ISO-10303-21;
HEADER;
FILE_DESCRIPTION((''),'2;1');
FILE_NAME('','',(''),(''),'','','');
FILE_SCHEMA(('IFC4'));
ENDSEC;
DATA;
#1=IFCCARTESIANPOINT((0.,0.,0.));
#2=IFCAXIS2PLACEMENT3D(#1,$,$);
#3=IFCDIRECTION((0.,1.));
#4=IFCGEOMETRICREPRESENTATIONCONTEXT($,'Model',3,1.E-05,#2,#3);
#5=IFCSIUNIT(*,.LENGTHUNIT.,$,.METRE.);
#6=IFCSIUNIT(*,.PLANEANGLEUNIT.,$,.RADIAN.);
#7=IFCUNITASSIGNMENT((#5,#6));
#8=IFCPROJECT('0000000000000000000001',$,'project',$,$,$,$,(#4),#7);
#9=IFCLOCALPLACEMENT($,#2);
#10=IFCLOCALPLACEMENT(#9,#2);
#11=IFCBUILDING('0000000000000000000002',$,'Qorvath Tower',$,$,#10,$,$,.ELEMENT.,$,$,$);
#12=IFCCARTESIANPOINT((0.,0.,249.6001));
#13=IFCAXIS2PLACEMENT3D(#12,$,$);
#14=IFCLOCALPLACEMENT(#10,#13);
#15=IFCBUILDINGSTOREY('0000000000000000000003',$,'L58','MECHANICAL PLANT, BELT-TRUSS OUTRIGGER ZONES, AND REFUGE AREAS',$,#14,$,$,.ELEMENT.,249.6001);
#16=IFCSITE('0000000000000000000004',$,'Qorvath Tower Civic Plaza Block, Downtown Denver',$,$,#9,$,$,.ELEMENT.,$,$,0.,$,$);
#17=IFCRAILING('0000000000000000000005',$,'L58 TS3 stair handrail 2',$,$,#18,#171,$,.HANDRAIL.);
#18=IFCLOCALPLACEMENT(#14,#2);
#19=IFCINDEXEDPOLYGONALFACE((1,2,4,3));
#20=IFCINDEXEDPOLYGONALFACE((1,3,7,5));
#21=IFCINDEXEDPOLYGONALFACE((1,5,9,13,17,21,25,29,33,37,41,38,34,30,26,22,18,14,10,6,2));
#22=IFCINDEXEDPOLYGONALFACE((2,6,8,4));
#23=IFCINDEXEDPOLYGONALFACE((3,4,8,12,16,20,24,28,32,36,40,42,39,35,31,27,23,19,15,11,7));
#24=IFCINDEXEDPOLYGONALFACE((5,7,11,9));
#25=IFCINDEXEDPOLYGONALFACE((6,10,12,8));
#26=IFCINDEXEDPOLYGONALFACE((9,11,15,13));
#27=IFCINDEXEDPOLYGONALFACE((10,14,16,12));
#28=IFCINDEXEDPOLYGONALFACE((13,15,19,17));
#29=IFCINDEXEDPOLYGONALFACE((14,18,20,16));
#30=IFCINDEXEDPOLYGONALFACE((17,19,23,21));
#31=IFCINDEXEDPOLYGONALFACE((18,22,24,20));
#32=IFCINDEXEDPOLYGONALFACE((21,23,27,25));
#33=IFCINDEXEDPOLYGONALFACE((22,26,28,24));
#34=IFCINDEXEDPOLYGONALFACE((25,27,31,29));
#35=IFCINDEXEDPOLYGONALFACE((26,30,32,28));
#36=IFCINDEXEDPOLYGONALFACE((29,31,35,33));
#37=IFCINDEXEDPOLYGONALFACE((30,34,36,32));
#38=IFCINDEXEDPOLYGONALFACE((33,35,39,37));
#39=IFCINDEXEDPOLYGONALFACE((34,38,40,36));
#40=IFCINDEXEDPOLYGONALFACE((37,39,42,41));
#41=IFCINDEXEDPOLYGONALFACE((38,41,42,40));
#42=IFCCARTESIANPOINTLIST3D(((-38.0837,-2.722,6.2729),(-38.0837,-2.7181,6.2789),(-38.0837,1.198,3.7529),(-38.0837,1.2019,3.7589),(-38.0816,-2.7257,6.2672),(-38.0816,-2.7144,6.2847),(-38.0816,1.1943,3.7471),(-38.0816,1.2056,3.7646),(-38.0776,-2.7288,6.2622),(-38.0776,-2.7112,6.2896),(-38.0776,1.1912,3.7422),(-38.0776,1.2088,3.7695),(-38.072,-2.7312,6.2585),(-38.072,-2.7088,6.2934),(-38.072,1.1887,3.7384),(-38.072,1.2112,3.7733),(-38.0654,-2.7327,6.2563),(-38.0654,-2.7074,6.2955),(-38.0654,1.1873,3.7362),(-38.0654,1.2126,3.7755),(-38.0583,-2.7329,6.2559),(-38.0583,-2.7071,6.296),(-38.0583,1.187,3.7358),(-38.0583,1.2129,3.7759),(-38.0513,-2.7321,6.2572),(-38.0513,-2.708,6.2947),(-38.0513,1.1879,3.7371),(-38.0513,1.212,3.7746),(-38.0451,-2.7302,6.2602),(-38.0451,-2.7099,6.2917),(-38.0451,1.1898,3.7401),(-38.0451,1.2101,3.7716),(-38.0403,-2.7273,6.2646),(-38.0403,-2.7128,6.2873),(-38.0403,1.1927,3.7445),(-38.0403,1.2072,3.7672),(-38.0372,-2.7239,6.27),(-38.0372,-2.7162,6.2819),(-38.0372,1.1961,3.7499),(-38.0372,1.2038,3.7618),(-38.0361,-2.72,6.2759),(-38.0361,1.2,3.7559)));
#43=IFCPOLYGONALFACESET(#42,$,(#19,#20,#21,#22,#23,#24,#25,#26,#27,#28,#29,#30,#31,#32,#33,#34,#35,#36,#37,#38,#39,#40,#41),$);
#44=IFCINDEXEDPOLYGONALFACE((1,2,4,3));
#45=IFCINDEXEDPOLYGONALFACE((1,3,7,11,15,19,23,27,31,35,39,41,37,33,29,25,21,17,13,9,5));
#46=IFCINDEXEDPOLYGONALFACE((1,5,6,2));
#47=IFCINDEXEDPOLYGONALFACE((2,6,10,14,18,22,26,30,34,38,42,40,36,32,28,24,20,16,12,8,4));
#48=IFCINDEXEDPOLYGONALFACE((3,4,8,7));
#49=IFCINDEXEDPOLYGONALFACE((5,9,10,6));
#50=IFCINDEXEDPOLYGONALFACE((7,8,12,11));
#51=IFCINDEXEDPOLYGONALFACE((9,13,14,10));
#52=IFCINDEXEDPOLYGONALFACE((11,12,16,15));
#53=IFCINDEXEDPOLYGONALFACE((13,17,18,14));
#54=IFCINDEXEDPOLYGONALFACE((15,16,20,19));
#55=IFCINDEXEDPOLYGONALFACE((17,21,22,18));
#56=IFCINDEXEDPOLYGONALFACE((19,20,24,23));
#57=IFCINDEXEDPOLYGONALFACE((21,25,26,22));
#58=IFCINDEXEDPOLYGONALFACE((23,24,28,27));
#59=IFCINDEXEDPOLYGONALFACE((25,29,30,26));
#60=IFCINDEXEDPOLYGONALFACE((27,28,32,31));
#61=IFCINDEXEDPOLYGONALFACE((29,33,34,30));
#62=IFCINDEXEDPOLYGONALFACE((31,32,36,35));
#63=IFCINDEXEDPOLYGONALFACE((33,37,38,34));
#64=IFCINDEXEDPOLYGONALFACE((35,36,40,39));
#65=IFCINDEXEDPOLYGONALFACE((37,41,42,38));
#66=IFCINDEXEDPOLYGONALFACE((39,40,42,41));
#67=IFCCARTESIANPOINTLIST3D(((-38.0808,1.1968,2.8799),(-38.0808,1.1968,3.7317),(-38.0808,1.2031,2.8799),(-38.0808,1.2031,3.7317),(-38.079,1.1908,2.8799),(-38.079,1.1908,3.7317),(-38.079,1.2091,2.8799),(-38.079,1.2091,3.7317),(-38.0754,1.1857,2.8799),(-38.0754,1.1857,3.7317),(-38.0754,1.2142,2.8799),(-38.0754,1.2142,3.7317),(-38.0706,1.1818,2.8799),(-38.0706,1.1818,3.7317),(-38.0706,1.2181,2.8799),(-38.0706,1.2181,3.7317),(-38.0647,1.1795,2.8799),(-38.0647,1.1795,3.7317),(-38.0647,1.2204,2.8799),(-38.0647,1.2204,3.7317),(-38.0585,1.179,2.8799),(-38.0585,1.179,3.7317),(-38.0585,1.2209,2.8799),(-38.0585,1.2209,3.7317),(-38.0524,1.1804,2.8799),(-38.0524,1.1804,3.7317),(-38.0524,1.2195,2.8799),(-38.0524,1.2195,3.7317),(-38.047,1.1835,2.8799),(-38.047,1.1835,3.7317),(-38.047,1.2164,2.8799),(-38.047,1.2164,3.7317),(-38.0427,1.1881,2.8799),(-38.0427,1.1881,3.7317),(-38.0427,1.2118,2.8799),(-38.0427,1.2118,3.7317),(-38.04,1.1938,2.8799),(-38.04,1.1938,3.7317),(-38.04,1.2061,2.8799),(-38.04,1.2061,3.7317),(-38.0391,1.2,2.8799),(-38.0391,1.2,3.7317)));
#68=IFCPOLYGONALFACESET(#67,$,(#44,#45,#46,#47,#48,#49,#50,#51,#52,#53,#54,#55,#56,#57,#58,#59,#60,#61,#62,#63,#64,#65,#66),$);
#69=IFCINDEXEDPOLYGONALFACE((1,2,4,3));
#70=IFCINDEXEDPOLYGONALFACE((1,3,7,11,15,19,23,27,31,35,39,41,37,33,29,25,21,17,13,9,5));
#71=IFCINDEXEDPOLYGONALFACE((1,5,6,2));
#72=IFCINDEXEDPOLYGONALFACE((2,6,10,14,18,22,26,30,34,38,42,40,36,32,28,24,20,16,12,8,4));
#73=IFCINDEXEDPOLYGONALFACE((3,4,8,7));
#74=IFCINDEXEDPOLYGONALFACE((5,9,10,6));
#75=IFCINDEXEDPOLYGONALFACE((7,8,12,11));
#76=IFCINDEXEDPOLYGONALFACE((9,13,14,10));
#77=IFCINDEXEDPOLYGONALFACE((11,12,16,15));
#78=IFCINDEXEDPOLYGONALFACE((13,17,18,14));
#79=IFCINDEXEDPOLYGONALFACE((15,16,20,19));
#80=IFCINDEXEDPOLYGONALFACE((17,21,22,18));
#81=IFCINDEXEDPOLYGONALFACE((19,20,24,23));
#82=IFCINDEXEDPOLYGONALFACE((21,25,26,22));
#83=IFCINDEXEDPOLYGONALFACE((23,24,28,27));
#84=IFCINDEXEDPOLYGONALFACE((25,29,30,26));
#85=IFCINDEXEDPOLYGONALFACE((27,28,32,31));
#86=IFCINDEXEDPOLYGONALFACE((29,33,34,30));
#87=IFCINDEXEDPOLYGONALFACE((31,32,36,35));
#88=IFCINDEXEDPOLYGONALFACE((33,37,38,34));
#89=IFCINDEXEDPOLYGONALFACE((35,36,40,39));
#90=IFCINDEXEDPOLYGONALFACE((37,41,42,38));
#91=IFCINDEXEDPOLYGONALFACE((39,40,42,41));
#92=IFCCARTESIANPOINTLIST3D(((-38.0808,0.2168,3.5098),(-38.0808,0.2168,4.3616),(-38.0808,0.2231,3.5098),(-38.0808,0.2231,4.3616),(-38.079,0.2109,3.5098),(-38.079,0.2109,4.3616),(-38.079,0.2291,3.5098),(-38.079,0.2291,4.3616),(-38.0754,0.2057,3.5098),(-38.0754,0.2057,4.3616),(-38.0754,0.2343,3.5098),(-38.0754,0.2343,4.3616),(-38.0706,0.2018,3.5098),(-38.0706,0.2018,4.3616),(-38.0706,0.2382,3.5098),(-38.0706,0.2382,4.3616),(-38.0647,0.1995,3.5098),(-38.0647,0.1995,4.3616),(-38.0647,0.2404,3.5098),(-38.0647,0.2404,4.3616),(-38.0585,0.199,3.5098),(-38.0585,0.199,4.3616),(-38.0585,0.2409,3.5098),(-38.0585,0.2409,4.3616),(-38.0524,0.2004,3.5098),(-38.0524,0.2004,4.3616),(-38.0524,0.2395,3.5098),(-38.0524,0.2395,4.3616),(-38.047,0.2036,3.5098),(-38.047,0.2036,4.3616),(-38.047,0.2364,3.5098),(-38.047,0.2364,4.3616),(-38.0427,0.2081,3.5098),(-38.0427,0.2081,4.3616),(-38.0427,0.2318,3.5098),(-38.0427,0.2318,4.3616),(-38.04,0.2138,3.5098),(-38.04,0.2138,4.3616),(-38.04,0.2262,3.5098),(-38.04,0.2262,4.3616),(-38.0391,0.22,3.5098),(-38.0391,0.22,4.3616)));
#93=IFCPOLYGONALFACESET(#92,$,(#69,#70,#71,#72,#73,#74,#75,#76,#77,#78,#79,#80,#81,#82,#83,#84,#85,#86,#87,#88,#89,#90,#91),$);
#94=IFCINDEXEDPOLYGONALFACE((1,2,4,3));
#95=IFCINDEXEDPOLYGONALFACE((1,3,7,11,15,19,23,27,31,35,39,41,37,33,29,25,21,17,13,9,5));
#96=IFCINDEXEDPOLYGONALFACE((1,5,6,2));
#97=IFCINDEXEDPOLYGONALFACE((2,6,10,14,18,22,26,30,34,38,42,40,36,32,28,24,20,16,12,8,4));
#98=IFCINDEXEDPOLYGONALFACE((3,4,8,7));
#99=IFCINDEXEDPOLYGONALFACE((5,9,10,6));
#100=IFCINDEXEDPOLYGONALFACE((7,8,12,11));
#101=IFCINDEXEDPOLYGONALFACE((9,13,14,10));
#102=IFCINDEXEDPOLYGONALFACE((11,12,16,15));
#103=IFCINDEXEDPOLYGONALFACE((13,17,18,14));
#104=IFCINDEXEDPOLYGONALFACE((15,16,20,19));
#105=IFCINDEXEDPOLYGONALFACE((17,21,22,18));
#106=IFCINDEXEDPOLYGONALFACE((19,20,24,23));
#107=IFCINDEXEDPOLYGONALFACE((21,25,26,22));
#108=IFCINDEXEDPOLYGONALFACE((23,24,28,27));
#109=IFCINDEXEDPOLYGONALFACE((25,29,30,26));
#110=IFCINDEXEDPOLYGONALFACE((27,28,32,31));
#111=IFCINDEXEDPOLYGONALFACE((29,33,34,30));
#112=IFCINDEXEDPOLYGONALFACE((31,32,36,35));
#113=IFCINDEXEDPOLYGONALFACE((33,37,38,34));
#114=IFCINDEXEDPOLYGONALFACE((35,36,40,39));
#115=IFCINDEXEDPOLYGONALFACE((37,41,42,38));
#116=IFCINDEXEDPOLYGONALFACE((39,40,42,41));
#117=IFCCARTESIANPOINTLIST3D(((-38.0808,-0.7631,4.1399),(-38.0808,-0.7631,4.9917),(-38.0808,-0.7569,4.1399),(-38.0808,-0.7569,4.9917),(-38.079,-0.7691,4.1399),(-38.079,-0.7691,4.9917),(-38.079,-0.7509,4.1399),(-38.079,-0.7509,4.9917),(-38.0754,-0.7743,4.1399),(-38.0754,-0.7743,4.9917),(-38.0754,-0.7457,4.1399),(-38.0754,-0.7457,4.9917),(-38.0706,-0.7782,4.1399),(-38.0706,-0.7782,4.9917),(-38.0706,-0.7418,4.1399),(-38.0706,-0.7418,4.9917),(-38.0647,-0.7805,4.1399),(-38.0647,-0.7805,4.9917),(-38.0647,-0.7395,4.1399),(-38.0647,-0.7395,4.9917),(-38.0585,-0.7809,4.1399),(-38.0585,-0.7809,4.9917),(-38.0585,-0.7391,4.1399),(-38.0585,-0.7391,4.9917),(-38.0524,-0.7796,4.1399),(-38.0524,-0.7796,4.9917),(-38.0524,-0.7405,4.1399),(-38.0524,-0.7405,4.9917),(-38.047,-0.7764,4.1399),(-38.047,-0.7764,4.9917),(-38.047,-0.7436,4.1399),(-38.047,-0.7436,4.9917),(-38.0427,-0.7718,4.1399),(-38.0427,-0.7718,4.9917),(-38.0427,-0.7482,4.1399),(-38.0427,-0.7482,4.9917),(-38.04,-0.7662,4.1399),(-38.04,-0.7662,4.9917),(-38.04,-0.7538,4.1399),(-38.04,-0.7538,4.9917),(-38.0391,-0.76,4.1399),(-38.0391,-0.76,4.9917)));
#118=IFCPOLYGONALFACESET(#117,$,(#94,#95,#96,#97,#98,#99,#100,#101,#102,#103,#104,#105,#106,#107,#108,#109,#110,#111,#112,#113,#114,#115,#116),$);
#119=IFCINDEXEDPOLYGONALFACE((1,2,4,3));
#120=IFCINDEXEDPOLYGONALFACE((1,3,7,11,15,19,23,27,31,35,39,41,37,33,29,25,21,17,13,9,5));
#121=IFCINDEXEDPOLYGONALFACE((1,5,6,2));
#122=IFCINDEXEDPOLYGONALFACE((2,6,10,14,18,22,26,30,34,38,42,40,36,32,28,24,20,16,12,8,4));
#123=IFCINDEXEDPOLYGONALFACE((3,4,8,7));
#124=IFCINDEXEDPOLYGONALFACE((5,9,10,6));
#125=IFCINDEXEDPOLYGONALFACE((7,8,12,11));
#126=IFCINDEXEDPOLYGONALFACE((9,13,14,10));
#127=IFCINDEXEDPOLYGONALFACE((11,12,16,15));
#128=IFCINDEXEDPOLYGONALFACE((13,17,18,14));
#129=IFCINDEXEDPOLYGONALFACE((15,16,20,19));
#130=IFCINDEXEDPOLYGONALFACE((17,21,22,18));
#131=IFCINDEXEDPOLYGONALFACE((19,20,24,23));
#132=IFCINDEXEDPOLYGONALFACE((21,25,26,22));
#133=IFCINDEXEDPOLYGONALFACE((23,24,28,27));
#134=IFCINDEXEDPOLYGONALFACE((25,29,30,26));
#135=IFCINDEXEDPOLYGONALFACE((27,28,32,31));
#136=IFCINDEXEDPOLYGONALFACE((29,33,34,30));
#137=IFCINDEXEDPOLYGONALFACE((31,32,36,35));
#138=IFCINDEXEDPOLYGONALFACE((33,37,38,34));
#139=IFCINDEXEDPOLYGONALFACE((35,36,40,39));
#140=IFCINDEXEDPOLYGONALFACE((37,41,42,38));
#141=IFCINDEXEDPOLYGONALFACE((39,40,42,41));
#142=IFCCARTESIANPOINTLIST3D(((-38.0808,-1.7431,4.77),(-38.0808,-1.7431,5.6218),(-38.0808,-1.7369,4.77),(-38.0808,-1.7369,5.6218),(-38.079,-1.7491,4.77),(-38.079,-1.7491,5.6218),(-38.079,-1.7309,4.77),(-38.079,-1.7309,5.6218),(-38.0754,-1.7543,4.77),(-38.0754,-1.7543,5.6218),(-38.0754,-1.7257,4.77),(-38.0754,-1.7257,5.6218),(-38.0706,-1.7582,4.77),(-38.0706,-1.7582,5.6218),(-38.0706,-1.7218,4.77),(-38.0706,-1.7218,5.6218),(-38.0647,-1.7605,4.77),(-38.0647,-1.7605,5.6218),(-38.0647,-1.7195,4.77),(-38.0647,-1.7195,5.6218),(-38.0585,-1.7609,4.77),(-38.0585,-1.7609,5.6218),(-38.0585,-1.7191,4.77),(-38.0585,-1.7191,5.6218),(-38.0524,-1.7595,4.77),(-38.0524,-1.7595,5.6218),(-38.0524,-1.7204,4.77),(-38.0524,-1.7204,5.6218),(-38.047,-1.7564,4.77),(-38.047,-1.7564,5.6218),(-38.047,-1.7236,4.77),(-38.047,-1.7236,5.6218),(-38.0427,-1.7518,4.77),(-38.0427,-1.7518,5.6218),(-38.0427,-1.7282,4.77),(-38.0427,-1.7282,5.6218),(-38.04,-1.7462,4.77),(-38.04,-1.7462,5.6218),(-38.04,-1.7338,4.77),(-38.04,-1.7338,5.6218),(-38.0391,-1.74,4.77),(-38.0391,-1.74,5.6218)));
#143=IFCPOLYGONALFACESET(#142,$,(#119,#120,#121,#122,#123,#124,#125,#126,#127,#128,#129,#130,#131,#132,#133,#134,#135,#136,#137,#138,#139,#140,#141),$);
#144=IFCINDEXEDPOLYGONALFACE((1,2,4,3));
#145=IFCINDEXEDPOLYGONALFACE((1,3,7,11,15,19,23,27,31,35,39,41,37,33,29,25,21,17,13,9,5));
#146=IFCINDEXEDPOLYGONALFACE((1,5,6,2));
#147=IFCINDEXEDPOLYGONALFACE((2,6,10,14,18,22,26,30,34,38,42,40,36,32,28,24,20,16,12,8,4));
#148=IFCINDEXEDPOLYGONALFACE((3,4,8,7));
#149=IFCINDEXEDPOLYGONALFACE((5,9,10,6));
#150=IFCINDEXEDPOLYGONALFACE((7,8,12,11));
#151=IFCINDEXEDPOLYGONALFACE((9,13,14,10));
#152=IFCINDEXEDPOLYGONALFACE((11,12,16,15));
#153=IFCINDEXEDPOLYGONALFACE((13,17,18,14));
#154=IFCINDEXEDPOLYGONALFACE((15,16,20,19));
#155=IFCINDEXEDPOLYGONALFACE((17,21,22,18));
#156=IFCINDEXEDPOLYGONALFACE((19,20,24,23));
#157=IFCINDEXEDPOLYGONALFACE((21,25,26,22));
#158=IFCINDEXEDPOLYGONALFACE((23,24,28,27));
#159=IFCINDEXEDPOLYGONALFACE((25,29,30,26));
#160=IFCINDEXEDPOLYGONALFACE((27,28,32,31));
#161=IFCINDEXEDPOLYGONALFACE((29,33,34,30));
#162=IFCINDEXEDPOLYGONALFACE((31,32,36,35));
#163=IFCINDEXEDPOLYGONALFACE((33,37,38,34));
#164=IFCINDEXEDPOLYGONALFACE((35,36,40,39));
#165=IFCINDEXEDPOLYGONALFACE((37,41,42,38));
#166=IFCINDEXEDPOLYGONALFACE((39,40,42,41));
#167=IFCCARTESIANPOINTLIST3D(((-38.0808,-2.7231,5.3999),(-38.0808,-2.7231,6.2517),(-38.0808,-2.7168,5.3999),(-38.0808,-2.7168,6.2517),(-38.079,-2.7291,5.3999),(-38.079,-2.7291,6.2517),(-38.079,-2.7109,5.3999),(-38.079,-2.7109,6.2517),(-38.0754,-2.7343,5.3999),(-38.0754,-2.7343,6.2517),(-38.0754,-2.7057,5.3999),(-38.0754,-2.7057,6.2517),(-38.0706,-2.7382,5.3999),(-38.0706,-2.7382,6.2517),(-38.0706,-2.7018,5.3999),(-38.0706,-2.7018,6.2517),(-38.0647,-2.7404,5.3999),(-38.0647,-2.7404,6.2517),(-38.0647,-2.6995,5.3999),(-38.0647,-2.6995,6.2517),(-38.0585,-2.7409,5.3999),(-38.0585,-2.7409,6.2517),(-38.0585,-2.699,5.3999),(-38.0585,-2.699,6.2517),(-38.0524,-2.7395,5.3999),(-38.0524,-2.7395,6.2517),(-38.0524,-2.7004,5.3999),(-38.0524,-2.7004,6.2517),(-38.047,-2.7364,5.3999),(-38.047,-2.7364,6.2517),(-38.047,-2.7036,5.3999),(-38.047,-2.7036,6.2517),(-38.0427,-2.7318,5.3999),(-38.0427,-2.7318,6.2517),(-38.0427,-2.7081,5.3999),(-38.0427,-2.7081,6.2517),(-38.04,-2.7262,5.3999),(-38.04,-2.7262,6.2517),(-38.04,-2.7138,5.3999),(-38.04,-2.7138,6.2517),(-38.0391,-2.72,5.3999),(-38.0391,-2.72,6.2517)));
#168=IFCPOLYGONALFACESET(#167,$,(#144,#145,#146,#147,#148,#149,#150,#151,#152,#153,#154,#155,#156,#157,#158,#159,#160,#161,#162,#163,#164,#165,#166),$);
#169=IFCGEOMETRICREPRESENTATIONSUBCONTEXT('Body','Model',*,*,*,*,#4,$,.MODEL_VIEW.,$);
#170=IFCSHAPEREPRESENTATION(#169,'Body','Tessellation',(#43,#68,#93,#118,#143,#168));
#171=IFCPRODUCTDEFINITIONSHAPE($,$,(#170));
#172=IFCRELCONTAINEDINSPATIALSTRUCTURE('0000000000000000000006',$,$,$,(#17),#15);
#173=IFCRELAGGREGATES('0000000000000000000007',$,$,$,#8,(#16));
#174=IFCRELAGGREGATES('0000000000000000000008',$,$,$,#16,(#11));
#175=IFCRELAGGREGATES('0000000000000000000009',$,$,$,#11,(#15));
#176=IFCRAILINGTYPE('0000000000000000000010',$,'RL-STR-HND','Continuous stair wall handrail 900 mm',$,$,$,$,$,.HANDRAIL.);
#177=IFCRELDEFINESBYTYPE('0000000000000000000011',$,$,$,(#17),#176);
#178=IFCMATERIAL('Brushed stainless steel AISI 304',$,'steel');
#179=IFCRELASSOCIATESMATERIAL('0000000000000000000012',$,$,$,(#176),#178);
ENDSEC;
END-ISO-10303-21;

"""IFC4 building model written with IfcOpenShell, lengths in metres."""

from ifc_helpers import new_model, si_unit, direction, frame, origin, origin_2d, place, context, subcontext, project, spatial, circle, extrude, material, type_object, element, save


model = new_model("IFC4")

# Units and contexts
model_context = context("Model", 3, precision=1e-05, world=origin(), true_north=direction((0.0, 1.0)))
body_context = subcontext(model_context, "Body", "Model", "MODEL_VIEW")
ifc_project = project(units=[si_unit("LENGTHUNIT", "METRE"), si_unit("PLANEANGLEUNIT", "RADIAN")], contexts=[model_context])

# Site, building, storey
site_placement = place(None, origin())
site = spatial("IfcSite", under=ifc_project, at=site_placement, Name="Qorvath Tower Civic Plaza Block, Downtown Denver", CompositionType="ELEMENT", RefElevation=0.0)
building_placement = place(site_placement, origin())
building = spatial("IfcBuilding", under=site, at=building_placement, Name="Qorvath Tower", CompositionType="ELEMENT")
storey_placement = place(building_placement, frame((0.0, 0.0, 249.6001)))
storey = spatial("IfcBuildingStorey", under=building, at=storey_placement, Name="L58", Description="MECHANICAL PLANT, BELT-TRUSS OUTRIGGER ZONES, AND REFUGE AREAS", CompositionType="ELEMENT", Elevation=249.6001)

# Railing
ifc_material_1 = material(Name="Brushed stainless steel AISI 304", Category="steel")
railing_type_1 = type_object("IfcRailingType", Name="RL-STR-HND", Description="Continuous stair wall handrail 900 mm", PredefinedType="HANDRAIL", material=ifc_material_1)
railing_1_placement = place(storey_placement, frame((-38.0601, 1.2, 2.8799)))
element("IfcRailing", 1, at=railing_1_placement, inside=storey, type_object=railing_type_1, Name="L58 TS3 stair handrail 2", PredefinedType="HANDRAIL", context=body_context, shape_type="SweptSolid", body=[
    extrude(circle(Radius=0.0239, at=origin_2d()), frame((0.0, 0.0, 0.876), z_axis=(0.0, -0.841172, 0.540768), x_axis=(1.0, 0.0, 0.0)), (0.0, 0.0, 1.0), 4.6602),
    extrude(circle(Radius=0.021, at=origin_2d()), origin(), (0.0, 0.0, 1.0), 0.8518),
    extrude(circle(Radius=0.021, at=origin_2d()), frame((0.0, -0.98, 0.6299)), (0.0, 0.0, 1.0), 0.8518),
    extrude(circle(Radius=0.021, at=origin_2d()), frame((0.0, -1.96, 1.26)), (0.0, 0.0, 1.0), 0.8518),
    extrude(circle(Radius=0.021, at=origin_2d()), frame((0.0, -2.9399, 1.8901)), (0.0, 0.0, 1.0), 0.8518),
    extrude(circle(Radius=0.021, at=origin_2d()), frame((0.0, -3.9199, 2.52)), (0.0, 0.0, 1.0), 0.8518),
])

save(model, "model.ifc")
